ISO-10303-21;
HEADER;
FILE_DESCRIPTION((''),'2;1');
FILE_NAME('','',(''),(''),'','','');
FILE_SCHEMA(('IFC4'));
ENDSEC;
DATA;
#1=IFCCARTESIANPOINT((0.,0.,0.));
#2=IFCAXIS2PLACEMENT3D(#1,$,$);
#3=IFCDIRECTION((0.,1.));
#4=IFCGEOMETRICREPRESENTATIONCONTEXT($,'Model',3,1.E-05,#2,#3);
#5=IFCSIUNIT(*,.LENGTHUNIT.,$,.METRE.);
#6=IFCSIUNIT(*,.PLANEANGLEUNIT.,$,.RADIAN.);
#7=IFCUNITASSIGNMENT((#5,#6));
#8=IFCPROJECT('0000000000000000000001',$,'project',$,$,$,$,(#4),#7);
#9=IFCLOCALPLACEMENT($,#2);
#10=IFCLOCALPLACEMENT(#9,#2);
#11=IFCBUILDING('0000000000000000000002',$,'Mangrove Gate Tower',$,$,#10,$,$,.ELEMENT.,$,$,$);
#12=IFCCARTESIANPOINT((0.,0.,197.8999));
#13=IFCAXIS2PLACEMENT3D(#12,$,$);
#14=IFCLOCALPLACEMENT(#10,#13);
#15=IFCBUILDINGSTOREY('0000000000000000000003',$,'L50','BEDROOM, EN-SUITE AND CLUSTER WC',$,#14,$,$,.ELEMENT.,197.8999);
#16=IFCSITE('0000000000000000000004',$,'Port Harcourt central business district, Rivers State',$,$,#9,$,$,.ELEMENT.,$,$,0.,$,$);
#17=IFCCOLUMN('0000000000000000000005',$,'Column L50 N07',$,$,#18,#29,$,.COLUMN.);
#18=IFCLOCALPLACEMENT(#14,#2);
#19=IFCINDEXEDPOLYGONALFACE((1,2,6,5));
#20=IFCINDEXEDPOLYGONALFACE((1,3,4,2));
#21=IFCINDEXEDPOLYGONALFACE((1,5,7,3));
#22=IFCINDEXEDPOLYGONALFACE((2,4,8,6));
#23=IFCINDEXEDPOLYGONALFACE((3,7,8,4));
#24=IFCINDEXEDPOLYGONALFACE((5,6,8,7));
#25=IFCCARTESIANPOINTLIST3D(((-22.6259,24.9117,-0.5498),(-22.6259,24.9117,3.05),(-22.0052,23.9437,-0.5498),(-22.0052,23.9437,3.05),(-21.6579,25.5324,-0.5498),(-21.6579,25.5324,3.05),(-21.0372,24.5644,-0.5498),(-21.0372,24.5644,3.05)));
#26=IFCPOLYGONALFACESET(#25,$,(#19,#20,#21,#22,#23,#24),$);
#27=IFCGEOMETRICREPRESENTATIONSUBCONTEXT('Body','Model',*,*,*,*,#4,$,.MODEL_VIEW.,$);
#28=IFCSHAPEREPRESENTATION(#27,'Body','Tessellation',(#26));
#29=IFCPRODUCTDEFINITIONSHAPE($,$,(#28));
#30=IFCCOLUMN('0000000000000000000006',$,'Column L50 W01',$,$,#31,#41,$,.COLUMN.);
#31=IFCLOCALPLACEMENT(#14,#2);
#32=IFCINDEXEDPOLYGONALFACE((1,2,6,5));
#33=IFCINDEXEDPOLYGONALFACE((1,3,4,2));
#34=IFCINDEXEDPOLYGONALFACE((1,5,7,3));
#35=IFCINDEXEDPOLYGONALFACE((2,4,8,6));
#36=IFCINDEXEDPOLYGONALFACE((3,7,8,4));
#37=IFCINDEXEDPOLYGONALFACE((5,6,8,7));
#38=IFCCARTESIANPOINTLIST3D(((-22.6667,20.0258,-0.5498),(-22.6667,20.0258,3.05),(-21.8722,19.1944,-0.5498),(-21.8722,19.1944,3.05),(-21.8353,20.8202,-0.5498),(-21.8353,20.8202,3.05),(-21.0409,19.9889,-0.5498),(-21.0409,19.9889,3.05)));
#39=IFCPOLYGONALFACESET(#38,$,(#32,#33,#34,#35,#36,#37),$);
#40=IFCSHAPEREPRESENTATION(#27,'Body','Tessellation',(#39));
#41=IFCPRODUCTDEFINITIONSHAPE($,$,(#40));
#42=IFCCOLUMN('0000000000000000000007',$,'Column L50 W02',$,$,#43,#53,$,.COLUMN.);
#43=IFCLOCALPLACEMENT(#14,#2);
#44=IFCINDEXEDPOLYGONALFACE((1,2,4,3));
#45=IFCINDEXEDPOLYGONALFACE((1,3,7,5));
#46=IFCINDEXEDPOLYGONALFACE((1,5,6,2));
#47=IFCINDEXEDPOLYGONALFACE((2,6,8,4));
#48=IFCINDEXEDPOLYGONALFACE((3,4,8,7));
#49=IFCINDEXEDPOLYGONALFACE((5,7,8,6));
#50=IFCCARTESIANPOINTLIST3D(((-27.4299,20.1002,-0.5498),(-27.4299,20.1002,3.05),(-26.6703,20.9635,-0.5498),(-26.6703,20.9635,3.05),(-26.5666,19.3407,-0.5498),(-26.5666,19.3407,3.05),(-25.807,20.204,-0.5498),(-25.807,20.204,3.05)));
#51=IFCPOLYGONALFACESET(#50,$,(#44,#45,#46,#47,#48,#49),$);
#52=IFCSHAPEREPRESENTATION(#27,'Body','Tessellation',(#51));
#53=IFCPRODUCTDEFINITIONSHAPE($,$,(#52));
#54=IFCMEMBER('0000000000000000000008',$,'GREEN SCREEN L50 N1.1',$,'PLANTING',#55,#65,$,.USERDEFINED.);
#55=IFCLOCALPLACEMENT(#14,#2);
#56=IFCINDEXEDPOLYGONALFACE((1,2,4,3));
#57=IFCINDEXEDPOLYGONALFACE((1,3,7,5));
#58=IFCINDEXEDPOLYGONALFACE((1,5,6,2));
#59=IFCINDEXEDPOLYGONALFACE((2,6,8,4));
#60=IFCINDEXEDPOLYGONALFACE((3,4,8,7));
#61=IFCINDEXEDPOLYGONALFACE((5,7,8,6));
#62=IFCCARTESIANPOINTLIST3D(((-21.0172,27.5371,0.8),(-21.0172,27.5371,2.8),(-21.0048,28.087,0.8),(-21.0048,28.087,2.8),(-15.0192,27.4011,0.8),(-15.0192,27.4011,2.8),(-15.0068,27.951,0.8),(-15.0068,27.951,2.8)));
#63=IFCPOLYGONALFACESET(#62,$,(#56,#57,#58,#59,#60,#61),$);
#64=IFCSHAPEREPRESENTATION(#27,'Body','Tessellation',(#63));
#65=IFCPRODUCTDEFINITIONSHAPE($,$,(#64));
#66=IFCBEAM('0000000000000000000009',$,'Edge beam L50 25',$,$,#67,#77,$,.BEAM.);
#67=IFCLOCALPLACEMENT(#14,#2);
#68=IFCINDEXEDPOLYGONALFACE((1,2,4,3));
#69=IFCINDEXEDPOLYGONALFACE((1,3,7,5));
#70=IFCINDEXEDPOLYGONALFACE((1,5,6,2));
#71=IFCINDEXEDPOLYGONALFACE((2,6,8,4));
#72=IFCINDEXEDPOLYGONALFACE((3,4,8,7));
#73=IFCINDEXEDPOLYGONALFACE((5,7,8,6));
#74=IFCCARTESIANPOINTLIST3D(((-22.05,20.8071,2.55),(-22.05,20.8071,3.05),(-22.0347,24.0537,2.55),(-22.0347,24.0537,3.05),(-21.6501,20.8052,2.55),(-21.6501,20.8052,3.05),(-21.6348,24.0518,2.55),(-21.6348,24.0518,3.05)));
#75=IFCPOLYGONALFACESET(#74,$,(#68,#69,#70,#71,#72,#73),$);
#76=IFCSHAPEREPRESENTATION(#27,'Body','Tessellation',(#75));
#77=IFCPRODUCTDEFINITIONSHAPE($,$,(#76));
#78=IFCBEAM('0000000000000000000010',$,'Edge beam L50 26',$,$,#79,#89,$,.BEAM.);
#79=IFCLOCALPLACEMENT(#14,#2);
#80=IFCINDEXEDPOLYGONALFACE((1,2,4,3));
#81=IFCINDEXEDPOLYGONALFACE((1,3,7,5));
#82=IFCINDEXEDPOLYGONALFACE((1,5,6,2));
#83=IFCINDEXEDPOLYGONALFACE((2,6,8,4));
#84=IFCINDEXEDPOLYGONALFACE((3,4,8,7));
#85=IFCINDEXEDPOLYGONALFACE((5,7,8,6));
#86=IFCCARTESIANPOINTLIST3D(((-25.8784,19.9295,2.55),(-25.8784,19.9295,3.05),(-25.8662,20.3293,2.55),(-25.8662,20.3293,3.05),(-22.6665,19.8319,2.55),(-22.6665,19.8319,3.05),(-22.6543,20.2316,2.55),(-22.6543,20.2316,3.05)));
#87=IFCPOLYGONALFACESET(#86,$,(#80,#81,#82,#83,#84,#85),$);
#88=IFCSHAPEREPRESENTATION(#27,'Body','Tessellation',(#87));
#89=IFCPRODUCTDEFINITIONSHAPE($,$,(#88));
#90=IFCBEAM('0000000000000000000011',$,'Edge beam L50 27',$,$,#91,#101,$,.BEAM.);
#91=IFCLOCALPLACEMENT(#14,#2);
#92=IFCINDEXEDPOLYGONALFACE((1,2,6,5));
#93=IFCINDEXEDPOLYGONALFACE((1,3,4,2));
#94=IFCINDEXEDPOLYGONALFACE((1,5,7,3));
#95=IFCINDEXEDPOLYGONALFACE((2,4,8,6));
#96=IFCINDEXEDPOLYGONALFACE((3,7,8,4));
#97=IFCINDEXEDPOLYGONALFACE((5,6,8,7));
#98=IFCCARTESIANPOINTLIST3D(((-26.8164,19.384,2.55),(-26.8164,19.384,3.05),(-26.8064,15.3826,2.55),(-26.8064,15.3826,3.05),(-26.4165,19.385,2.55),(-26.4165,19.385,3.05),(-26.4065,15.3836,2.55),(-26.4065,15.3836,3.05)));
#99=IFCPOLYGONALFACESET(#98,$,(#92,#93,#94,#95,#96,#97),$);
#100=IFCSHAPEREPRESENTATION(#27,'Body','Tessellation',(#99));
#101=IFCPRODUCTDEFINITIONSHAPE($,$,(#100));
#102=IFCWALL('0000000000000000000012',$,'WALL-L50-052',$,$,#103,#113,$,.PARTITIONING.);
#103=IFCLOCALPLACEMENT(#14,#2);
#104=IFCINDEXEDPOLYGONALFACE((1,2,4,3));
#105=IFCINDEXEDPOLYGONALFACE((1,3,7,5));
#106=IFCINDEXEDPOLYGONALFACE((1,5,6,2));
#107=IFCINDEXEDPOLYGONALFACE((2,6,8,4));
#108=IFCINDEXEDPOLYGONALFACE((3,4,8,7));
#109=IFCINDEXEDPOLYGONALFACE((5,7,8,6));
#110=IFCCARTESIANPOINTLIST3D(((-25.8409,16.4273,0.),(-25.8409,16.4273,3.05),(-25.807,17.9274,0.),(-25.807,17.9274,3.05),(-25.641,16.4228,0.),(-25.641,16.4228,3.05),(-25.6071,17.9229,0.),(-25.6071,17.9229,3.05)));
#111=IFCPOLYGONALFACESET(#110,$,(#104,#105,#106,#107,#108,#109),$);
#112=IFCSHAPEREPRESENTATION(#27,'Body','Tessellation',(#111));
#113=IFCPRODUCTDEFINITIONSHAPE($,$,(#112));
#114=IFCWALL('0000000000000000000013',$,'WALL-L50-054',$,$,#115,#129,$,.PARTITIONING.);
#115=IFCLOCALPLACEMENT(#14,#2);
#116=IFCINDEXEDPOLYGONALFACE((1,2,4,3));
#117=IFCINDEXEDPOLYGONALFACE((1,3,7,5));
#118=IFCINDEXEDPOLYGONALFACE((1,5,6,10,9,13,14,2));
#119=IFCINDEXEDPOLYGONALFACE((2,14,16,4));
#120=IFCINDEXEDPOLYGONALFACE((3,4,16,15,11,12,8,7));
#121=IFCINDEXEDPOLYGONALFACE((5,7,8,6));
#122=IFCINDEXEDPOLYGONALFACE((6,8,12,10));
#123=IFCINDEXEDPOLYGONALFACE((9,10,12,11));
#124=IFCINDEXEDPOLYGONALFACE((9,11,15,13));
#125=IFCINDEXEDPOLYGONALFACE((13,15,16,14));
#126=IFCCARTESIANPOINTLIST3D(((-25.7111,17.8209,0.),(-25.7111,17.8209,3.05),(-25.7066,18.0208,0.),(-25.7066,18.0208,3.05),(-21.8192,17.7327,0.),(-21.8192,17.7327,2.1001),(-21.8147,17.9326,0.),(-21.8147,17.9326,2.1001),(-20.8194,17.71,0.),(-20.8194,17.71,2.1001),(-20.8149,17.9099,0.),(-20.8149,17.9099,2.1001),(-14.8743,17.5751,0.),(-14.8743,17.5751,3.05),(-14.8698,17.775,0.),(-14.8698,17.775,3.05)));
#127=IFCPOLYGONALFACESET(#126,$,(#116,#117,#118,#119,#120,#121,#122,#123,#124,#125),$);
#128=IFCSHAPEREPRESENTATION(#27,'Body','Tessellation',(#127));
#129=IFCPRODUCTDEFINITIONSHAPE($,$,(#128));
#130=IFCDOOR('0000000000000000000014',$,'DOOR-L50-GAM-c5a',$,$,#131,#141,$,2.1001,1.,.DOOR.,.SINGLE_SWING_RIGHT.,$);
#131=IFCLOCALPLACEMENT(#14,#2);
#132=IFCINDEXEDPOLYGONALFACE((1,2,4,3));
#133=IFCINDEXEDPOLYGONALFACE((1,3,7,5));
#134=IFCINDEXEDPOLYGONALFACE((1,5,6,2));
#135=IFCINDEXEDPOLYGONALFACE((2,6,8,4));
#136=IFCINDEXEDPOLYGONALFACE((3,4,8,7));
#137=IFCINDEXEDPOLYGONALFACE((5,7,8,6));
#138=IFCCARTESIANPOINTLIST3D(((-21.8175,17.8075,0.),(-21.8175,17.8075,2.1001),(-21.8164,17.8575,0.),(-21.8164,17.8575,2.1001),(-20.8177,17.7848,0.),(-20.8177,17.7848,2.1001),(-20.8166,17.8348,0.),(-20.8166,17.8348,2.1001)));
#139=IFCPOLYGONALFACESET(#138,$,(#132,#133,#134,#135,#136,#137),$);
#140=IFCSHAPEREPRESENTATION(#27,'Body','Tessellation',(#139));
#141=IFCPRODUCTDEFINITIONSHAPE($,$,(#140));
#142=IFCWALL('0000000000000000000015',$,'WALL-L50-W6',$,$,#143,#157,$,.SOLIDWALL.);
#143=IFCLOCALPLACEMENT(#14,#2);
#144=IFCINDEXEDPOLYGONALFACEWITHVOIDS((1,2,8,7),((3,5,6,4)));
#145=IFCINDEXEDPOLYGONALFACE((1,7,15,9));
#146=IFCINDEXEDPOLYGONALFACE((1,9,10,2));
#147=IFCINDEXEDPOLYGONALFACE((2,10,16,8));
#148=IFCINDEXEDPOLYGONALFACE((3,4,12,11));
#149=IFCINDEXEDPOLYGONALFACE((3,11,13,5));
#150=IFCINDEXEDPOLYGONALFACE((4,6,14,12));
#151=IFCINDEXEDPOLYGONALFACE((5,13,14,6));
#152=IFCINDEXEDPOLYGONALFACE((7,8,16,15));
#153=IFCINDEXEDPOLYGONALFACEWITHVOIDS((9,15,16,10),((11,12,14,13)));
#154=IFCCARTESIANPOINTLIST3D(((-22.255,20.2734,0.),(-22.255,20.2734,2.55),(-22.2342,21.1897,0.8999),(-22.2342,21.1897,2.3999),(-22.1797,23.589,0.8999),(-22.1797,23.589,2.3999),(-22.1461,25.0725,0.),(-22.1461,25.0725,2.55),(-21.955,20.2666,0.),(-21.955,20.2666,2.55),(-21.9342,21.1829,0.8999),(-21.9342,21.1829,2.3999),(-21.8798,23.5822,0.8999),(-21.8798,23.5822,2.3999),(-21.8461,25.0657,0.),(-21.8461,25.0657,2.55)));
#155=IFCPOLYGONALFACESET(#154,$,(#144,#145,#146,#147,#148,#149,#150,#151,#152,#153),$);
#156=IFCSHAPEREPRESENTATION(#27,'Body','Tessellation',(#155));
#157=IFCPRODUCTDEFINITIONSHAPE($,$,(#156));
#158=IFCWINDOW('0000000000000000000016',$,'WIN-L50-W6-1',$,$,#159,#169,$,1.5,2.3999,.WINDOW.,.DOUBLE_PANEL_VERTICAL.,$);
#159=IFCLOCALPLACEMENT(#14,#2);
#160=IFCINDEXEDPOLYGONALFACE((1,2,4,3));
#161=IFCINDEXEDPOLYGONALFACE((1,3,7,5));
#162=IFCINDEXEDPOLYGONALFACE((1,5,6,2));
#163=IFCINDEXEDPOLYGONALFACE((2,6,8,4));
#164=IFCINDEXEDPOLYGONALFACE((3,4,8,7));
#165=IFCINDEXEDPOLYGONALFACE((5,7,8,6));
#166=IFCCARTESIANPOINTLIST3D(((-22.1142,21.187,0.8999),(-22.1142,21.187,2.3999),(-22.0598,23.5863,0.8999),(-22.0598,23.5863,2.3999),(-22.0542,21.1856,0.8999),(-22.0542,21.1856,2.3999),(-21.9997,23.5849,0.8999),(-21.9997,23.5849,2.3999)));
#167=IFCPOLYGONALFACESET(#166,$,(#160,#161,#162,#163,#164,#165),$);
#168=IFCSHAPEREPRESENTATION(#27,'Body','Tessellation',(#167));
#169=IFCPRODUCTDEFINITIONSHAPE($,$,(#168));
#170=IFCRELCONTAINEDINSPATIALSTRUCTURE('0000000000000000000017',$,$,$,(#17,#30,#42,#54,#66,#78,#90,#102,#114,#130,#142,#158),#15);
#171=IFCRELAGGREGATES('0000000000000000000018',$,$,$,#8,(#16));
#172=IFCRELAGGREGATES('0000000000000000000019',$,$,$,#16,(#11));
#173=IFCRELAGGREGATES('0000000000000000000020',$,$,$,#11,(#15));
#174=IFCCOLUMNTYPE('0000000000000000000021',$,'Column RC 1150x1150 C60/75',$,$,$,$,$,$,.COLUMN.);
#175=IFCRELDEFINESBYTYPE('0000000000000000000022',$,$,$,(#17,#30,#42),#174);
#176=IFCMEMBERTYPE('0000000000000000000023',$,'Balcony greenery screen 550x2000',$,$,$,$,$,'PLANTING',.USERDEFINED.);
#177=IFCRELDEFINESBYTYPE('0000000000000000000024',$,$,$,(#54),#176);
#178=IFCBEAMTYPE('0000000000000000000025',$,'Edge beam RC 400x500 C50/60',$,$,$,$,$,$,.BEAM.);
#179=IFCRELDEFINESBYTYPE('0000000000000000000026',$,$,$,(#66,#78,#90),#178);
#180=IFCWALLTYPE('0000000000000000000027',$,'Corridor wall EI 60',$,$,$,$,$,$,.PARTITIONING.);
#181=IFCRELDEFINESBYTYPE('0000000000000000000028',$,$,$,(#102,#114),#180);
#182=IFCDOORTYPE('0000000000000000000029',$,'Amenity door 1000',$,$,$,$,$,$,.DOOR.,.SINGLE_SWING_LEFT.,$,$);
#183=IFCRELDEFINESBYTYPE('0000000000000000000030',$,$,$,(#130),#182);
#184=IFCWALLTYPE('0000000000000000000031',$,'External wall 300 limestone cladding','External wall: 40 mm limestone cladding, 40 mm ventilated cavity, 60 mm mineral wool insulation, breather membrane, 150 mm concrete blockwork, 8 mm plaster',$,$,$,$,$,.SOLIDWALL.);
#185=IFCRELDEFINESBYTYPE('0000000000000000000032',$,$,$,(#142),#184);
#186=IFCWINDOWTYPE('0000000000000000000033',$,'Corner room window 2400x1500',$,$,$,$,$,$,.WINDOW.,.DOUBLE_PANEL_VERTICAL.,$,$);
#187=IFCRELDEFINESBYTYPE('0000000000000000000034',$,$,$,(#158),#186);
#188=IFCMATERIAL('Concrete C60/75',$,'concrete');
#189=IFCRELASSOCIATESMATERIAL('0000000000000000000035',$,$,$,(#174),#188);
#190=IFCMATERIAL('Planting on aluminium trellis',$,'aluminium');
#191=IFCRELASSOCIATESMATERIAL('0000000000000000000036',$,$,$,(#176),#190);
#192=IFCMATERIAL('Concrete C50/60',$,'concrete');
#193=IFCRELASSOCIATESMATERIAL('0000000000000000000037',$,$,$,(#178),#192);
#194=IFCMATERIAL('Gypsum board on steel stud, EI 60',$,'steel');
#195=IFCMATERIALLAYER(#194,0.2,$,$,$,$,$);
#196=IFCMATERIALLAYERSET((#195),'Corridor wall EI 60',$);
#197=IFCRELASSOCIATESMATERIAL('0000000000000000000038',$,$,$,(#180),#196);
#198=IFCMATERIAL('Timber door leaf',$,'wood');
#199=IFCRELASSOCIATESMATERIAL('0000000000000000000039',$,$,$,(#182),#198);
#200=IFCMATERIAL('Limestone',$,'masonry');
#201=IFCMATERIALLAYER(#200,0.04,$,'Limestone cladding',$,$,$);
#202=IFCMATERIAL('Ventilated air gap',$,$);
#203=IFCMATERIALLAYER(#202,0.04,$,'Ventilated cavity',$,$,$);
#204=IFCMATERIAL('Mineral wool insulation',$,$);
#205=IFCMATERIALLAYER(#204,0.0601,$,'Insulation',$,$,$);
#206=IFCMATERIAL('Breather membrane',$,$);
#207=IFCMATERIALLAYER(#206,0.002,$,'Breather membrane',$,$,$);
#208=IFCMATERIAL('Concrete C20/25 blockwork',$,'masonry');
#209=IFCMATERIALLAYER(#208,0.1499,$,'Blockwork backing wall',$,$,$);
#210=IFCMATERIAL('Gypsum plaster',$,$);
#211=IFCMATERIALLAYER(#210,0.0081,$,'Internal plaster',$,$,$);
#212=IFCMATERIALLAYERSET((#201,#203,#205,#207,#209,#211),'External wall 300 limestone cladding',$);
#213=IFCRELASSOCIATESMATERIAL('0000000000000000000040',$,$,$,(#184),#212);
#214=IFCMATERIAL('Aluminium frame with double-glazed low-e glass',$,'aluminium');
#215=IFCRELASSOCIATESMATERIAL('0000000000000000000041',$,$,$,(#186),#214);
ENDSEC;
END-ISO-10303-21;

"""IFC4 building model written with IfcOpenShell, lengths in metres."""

from ifc_helpers import new_model, si_unit, direction, frame, frame_2d, origin, origin_2d, place, context, subcontext, project, spatial, rectangle, extrude, material, layer, layer_set, material_profile, profile_set, type_object, element, fill, save


model = new_model("IFC4")

# Units and contexts
model_context = context("Model", 3, precision=1e-05, world=origin(), true_north=direction((0.0, 1.0)))
body_context = subcontext(model_context, "Body", "Model", "MODEL_VIEW")
ifc_project = project(units=[si_unit("LENGTHUNIT", "METRE"), si_unit("PLANEANGLEUNIT", "RADIAN")], contexts=[model_context])

# Site, building, storey
site_placement = place(None, origin())
site = spatial("IfcSite", under=ifc_project, at=site_placement, Name="Port Harcourt central business district, Rivers State", CompositionType="ELEMENT", RefElevation=0.0)
building_placement = place(site_placement, origin())
building = spatial("IfcBuilding", under=site, at=building_placement, Name="Mangrove Gate Tower", CompositionType="ELEMENT")
storey_placement = place(building_placement, frame((0.0, 0.0, 197.8999)))
storey = spatial("IfcBuildingStorey", under=building, at=storey_placement, Name="L50", Description="BEDROOM, EN-SUITE AND CLUSTER WC", CompositionType="ELEMENT", Elevation=197.8999)

# Columns
ifc_material_1 = material(Name="Concrete C60/75", Category="concrete")
ifc_material_profile_1 = material_profile(ifc_material_1, rectangle(XDim=1.1499, YDim=1.1499, at=origin_2d()))
ifc_profile_set_1 = profile_set([ifc_material_profile_1], Name="Concrete C60/75")
column_type = type_object("IfcColumnType", Name="Column RC 1150x1150 C60/75", PredefinedType="COLUMN", material=ifc_profile_set_1)
for number, where, z_axis, x_axis, name in (
    (1, (-21.8315, 24.738, -0.5498), (0.0, 0.0, 1.0), (-0.841787, -0.53981, 0.0), "Column L50 N07"),
    (2, (-21.8538, 20.0073, -0.5498), (0.0, 0.0, 1.0), (-0.722981, -0.690868, 0.0), "Column L50 W01"),
    (3, (-26.6184, 20.1521, -0.5498), (0.0, 0.0, 1.0), (-0.66057, -0.750764, 0.0), "Column L50 W02"),
):
    element("IfcColumn", number, at=place(storey_placement, frame(where, z_axis=z_axis, x_axis=x_axis)), inside=storey, type_object=column_type, Name=name, PredefinedType="COLUMN", context=body_context, shape_type="SweptSolid", body=[
        extrude(rectangle(XDim=1.1499, YDim=1.1499, at=origin_2d()), origin(), (0.0, 0.0, 1.0), 3.5999),
    ])

# Member
ifc_material_2 = material(Name="Planting on aluminium trellis", Category="aluminium")
ifc_material_profile_2 = material_profile(ifc_material_2, rectangle(XDim=0.55, YDim=2.0, at=origin_2d()))
ifc_profile_set_2 = profile_set([ifc_material_profile_2], Name="Planting on aluminium trellis")
member_type = type_object("IfcMemberType", Name="Balcony greenery screen 550x2000", ElementType="PLANTING", PredefinedType="USERDEFINED", material=ifc_profile_set_2)
member_placement = place(storey_placement, frame((-21.011, 27.812, 1.8), z_axis=(0.999743, -0.022666, 0.0), x_axis=(0.022666, 0.999743, 0.0)))
element("IfcMember", 4, at=member_placement, inside=storey, type_object=member_type, Name="GREEN SCREEN L50 N1.1", ObjectType="PLANTING", PredefinedType="USERDEFINED", context=body_context, shape_type="SweptSolid", body=[
    extrude(rectangle(XDim=0.55, YDim=2.0, at=origin_2d()), origin(), (0.0, 0.0, 1.0), 5.9995),
])

# Beams
ifc_material_3 = material(Name="Concrete C50/60", Category="concrete")
ifc_material_profile_3 = material_profile(ifc_material_3, rectangle(XDim=0.3999, YDim=0.5, at=origin_2d()))
ifc_profile_set_3 = profile_set([ifc_material_profile_3], Name="Concrete C50/60")
beam_type = type_object("IfcBeamType", Name="Edge beam RC 400x500 C50/60", PredefinedType="BEAM", material=ifc_profile_set_3)
beam_1_placement = place(storey_placement, frame((-21.8347, 24.0527, 2.8), z_axis=(-0.004738, -0.999989, 0.0), x_axis=(0.999989, -0.004738, 0.0)))
element("IfcBeam", 5, at=beam_1_placement, inside=storey, type_object=beam_type, Name="Edge beam L50 25", PredefinedType="BEAM", context=body_context, shape_type="SweptSolid", body=[
    extrude(rectangle(XDim=0.3999, YDim=0.5, at=origin_2d()), origin(), (0.0, 0.0, 1.0), 3.2466),
])
beam_2_placement = place(storey_placement, frame((-22.6604, 20.0317, 2.8), z_axis=(-0.999538, 0.03039, 0.0), x_axis=(-0.03039, -0.999538, 0.0)))
element("IfcBeam", 6, at=beam_2_placement, inside=storey, type_object=beam_type, Name="Edge beam L50 26", PredefinedType="BEAM", context=body_context, shape_type="SweptSolid", body=[
    extrude(rectangle(XDim=0.3999, YDim=0.5, at=origin_2d()), origin(), (0.0, 0.0, 1.0), 3.2134),
])
beam_3_placement = place(storey_placement, frame((-26.6165, 19.3845, 2.8), z_axis=(0.002502, -0.999997, 0.0), x_axis=(0.999997, 0.002502, 0.0)))
element("IfcBeam", 7, at=beam_3_placement, inside=storey, type_object=beam_type, Name="Edge beam L50 27", PredefinedType="BEAM", context=body_context, shape_type="SweptSolid", body=[
    extrude(rectangle(XDim=0.3999, YDim=0.5, at=origin_2d()), origin(), (0.0, 0.0, 1.0), 4.0015),
])

# Wall
ifc_material_4 = material(Name="Gypsum board on steel stud, EI 60", Category="steel")
ifc_layer_1 = layer(ifc_material_4, 0.2)
ifc_layer_set_1 = layer_set([ifc_layer_1], Name="Corridor wall EI 60")
wall_type_1 = type_object("IfcWallType", Name="Corridor wall EI 60", PredefinedType="PARTITIONING", material=ifc_layer_set_1)
wall_1_placement = place(storey_placement, frame((-25.741, 16.425, 0.0), z_axis=(0.0, 0.0, 1.0), x_axis=(0.022618, 0.999744, 0.0)))
element("IfcWall", 8, at=wall_1_placement, inside=storey, type_object=wall_type_1, Name="WALL-L50-052", PredefinedType="PARTITIONING", context=body_context, shape_type="SweptSolid", body=[
    extrude(rectangle(XDim=1.5005, YDim=0.2, at=frame_2d((0.7502, 0.0))), origin(), (0.0, 0.0, 1.0), 3.05),
])

# Wall, opening, door
wall_2_placement = place(storey_placement, frame((-25.709, 17.9209, 0.0), z_axis=(0.0, 0.0, 1.0), x_axis=(0.999743, -0.02268, 0.0)))
wall_2 = element("IfcWall", 9, at=wall_2_placement, inside=storey, type_object=wall_type_1, Name="WALL-L50-054", PredefinedType="PARTITIONING", context=body_context, shape_type="SweptSolid", body=[
    extrude(rectangle(XDim=10.8396, YDim=0.2, at=frame_2d((5.4199, 0.0))), origin(), (0.0, 0.0, 1.0), 3.05),
])
opening_1_placement = place(wall_2_placement, frame((3.8931, 0.0, 0.0)))
opening_1 = element("IfcOpeningElement", 10, at=opening_1_placement, cuts=wall_2, PredefinedType="OPENING", context=body_context, shape_type="SweptSolid", body=[
    extrude(rectangle(XDim=1.0, YDim=2.1001, at=frame_2d((0.5, 1.05))), frame((0.0, 0.1099, 0.0), z_axis=(0.0, -1.0, 0.0), x_axis=(1.0, 0.0, 0.0)), (0.0, 0.0, 1.0), 0.22),
])
ifc_material_5 = material(Name="Timber door leaf", Category="wood")
door_type_1 = type_object("IfcDoorType", Name="Amenity door 1000", OperationType="SINGLE_SWING_LEFT", PredefinedType="DOOR", material=ifc_material_5)
door_1_placement = place(opening_1_placement, origin())
door_1 = element("IfcDoor", 11, at=door_1_placement, inside=storey, type_object=door_type_1, Name="DOOR-L50-GAM-c5a", OperationType="SINGLE_SWING_RIGHT", OverallHeight=2.1001, OverallWidth=1.0, PredefinedType="DOOR", context=body_context, shape_type="SweptSolid", body=[
    extrude(rectangle(XDim=1.0, YDim=2.1001, at=frame_2d((0.5, 1.05))), frame((0.0, 0.0249, 0.0), z_axis=(0.0, -1.0, 0.0), x_axis=(1.0, 0.0, 0.0)), (0.0, 0.0, 1.0), 0.05),
])
fill(opening_1, door_1)

# Wall, opening, window
ifc_material_6 = material(Name="Limestone", Category="masonry")
ifc_layer_2 = layer(ifc_material_6, 0.04, Name="Limestone cladding")
ifc_material_7 = material(Name="Ventilated air gap")
ifc_layer_3 = layer(ifc_material_7, 0.04, Name="Ventilated cavity")
ifc_material_8 = material(Name="Mineral wool insulation")
ifc_layer_4 = layer(ifc_material_8, 0.0601, Name="Insulation")
ifc_material_9 = material(Name="Breather membrane")
ifc_layer_5 = layer(ifc_material_9, 0.002, Name="Breather membrane")
ifc_material_10 = material(Name="Concrete C20/25 blockwork", Category="masonry")
ifc_layer_6 = layer(ifc_material_10, 0.1499, Name="Blockwork backing wall")
ifc_material_11 = material(Name="Gypsum plaster")
ifc_layer_7 = layer(ifc_material_11, 0.0081, Name="Internal plaster")
ifc_layer_set_2 = layer_set([ifc_layer_2, ifc_layer_3, ifc_layer_4, ifc_layer_5, ifc_layer_6, ifc_layer_7], Name="External wall 300 limestone cladding")
wall_type_2 = type_object("IfcWallType", Name="External wall 300 limestone cladding", Description="External wall: 40 mm limestone cladding, 40 mm ventilated cavity, 60 mm mineral wool insulation, breather membrane, 150 mm concrete blockwork, 8 mm plaster", PredefinedType="SOLIDWALL", material=ifc_layer_set_2)
wall_3_placement = place(storey_placement, frame((-21.9961, 25.0691, 0.0), z_axis=(0.0, 0.0, 1.0), x_axis=(-0.022683, -0.999743, 0.0)))
wall_3 = element("IfcWall", 12, at=wall_3_placement, inside=storey, type_object=wall_type_2, Name="WALL-L50-W6", PredefinedType="SOLIDWALL", context=body_context, shape_type="SweptSolid", body=[
    extrude(rectangle(XDim=4.8003, YDim=0.3, at=frame_2d((2.4001, 0.0))), origin(), (0.0, 0.0, 1.0), 2.55),
])
opening_2_placement = place(wall_3_placement, frame((1.4839, 0.0, 0.8999)))
opening_2 = element("IfcOpeningElement", 13, at=opening_2_placement, cuts=wall_3, PredefinedType="OPENING", context=body_context, shape_type="SweptSolid", body=[
    extrude(rectangle(XDim=2.3999, YDim=1.5, at=frame_2d((1.2, 0.75))), frame((0.0, 0.1599, 0.0), z_axis=(0.0, -1.0, 0.0), x_axis=(1.0, 0.0, 0.0)), (0.0, 0.0, 1.0), 0.3201),
])
ifc_material_12 = material(Name="Aluminium frame with double-glazed low-e glass", Category="aluminium")
window_type = type_object("IfcWindowType", Name="Corner room window 2400x1500", PartitioningType="DOUBLE_PANEL_VERTICAL", PredefinedType="WINDOW", material=ifc_material_12)
window_1_placement = place(opening_2_placement, origin())
window_1 = element("IfcWindow", 14, at=window_1_placement, inside=storey, type_object=window_type, Name="WIN-L50-W6-1", OverallHeight=1.5, OverallWidth=2.3999, PartitioningType="DOUBLE_PANEL_VERTICAL", PredefinedType="WINDOW", context=body_context, shape_type="SweptSolid", body=[
    extrude(rectangle(XDim=2.3999, YDim=1.5, at=frame_2d((1.2, 0.75))), frame((0.0, 0.03, 0.0), z_axis=(0.0, -1.0, 0.0), x_axis=(1.0, 0.0, 0.0)), (0.0, 0.0, 1.0), 0.0601),
])
fill(opening_2, window_1)

save(model, "model.ifc")
